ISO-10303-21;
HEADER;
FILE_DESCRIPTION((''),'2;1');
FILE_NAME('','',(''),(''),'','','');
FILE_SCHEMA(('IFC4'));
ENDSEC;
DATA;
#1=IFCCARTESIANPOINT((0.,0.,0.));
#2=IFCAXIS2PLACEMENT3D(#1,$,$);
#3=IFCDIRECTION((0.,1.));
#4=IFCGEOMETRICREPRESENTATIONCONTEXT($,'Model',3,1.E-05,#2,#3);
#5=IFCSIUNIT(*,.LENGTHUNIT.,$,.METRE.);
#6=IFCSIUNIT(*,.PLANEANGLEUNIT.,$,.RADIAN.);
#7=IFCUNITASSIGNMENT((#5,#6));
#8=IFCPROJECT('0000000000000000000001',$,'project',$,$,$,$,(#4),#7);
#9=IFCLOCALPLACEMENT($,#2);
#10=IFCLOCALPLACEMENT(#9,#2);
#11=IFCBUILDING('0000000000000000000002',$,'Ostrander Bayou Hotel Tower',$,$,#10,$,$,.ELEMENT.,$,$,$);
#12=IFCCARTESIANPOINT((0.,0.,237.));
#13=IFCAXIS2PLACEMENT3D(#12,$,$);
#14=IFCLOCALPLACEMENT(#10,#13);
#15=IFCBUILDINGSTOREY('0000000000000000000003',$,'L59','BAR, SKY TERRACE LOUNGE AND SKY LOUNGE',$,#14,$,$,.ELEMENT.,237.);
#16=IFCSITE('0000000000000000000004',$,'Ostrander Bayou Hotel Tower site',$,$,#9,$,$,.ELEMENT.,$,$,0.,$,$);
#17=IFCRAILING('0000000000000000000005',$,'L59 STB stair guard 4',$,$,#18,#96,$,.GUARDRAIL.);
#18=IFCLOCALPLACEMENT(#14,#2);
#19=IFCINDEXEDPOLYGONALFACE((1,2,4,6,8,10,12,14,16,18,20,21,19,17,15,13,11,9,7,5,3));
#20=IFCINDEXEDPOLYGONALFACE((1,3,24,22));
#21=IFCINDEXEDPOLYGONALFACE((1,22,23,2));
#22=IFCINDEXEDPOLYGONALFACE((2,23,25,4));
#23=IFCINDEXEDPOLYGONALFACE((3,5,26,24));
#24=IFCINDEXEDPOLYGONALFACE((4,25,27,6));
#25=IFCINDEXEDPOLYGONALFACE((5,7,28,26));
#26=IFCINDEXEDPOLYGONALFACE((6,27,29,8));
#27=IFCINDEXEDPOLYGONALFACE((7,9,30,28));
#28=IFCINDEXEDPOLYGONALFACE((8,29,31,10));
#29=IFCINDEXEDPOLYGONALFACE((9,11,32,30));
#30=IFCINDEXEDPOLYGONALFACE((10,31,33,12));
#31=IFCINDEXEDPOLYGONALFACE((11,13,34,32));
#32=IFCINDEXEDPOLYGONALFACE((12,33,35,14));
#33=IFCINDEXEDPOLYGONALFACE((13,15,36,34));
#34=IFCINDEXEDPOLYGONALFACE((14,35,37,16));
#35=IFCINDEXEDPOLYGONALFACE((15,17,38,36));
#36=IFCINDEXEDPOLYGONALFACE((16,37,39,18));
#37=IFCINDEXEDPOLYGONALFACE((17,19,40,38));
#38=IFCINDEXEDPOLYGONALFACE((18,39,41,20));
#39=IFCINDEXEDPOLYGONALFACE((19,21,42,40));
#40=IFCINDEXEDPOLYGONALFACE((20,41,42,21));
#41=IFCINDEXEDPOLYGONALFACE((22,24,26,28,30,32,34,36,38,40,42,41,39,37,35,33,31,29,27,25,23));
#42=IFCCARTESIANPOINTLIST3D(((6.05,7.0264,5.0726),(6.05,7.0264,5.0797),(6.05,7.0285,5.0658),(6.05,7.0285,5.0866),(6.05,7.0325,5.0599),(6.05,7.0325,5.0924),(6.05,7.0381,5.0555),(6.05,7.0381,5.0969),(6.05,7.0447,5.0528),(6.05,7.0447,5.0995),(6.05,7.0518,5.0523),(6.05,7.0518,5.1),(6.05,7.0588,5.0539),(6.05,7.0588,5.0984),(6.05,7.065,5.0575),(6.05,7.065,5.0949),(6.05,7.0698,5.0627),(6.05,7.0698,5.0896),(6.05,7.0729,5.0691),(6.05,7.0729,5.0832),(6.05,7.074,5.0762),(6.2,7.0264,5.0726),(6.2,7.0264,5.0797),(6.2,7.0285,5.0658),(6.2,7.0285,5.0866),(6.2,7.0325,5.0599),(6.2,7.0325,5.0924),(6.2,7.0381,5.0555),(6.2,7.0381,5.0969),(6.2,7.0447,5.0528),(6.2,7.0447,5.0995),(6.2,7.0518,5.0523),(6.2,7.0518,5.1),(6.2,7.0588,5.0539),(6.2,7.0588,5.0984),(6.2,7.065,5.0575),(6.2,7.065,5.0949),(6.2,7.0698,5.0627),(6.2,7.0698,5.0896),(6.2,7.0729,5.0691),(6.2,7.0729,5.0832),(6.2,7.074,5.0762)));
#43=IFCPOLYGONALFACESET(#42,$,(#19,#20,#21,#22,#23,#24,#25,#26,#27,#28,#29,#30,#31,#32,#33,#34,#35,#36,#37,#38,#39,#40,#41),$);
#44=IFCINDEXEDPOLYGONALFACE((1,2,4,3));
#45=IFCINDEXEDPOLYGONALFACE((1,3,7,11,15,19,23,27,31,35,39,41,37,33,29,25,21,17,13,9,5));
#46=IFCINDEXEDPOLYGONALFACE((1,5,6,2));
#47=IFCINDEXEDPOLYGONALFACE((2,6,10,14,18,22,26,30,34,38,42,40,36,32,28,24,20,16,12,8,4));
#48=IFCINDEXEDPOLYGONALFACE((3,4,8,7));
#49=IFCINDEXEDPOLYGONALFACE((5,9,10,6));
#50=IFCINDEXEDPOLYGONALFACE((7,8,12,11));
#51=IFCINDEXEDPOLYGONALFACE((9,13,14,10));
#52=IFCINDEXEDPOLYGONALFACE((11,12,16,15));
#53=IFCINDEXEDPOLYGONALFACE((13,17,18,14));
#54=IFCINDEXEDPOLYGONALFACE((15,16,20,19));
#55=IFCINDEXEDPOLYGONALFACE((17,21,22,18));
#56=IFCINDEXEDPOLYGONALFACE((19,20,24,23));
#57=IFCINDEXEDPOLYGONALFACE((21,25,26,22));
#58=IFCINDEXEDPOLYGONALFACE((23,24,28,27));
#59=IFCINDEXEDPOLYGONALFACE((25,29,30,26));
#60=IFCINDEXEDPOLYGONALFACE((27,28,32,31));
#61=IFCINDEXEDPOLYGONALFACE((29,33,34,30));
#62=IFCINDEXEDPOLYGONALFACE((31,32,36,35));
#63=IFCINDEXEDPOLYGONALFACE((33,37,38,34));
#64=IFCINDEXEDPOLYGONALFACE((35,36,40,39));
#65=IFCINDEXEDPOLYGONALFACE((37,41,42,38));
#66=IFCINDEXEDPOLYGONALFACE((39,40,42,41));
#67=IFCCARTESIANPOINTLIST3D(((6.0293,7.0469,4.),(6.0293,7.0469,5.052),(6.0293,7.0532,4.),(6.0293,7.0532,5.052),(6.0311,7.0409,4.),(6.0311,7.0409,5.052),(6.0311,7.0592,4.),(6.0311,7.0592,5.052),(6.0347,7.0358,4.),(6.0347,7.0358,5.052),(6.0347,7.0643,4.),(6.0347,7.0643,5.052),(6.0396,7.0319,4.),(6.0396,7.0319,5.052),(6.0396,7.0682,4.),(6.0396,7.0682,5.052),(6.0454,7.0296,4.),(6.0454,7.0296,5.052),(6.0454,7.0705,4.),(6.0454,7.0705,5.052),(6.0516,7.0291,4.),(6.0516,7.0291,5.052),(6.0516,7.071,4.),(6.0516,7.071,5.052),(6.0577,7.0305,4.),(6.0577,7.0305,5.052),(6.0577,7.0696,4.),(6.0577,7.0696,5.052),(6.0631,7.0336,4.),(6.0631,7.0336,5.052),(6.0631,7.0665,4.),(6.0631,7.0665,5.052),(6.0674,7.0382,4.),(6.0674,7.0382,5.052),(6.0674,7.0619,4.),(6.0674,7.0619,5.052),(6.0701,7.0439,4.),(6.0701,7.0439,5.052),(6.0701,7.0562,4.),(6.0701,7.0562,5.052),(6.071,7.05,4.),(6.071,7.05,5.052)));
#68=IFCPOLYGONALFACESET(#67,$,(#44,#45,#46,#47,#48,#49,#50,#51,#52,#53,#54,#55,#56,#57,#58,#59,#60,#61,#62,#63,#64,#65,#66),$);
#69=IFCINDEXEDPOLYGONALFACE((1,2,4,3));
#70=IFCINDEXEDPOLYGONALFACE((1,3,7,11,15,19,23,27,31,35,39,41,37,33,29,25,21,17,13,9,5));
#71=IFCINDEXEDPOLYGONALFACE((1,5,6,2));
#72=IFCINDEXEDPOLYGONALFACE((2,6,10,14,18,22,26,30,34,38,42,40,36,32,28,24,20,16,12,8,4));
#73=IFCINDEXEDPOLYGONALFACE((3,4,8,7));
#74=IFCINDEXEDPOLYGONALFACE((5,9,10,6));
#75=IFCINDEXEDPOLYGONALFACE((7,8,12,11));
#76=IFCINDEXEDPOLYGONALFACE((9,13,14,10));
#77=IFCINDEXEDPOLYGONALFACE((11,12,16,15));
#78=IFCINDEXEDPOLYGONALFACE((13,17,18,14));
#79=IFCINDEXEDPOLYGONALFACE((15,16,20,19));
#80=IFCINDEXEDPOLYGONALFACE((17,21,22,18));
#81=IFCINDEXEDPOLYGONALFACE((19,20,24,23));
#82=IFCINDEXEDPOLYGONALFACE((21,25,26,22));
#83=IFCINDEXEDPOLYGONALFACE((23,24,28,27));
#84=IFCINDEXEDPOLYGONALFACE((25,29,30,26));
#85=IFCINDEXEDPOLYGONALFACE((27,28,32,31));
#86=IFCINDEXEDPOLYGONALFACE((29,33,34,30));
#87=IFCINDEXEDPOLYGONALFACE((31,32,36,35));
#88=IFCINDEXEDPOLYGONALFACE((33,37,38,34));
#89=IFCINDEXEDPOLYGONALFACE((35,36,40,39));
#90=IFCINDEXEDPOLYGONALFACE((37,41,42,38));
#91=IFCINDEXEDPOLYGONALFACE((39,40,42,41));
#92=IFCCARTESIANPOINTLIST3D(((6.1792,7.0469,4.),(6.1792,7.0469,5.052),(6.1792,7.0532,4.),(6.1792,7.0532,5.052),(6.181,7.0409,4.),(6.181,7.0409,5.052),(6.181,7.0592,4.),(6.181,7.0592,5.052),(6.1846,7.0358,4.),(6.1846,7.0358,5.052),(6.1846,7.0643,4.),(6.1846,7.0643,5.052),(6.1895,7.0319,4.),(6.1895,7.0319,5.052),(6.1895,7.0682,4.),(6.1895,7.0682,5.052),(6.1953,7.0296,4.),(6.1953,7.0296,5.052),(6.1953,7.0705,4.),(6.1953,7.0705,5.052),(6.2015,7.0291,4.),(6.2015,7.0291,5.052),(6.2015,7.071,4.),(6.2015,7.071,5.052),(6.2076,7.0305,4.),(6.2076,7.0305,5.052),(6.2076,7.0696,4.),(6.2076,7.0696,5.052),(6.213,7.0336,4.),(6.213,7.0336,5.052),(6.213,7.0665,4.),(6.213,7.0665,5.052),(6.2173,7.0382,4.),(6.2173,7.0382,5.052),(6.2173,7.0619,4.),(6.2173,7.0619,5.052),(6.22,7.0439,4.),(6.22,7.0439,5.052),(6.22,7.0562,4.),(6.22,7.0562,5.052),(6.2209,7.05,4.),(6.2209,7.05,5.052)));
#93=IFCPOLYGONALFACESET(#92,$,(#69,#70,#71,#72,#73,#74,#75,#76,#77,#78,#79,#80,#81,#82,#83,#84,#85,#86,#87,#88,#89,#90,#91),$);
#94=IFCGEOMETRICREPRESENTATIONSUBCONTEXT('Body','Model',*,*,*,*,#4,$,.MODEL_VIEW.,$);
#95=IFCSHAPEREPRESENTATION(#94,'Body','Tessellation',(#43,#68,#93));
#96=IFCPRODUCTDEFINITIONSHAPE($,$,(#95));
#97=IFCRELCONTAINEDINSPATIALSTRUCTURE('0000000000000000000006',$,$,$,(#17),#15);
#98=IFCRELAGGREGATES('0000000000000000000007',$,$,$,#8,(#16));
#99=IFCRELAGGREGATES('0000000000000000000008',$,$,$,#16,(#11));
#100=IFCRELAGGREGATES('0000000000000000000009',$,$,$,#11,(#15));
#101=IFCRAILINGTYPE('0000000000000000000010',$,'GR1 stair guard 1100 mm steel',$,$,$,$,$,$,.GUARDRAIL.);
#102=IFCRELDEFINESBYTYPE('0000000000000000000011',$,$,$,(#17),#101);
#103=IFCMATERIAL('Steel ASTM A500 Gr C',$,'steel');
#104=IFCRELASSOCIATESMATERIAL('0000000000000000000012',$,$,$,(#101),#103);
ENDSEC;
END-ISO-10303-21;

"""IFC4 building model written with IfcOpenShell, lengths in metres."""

from ifc_helpers import new_model, si_unit, direction, frame, origin, origin_2d, place, context, subcontext, project, spatial, circle, extrude, material, type_object, element, save


model = new_model("IFC4")

# Units and contexts
model_context = context("Model", 3, precision=1e-05, world=origin(), true_north=direction((0.0, 1.0)))
body_context = subcontext(model_context, "Body", "Model", "MODEL_VIEW")
ifc_project = project(units=[si_unit("LENGTHUNIT", "METRE"), si_unit("PLANEANGLEUNIT", "RADIAN")], contexts=[model_context])

# Site, building, storey
site_placement = place(None, origin())
site = spatial("IfcSite", under=ifc_project, at=site_placement, Name="Ostrander Bayou Hotel Tower site", CompositionType="ELEMENT", RefElevation=0.0)
building_placement = place(site_placement, origin())
building = spatial("IfcBuilding", under=site, at=building_placement, Name="Ostrander Bayou Hotel Tower", CompositionType="ELEMENT")
storey_placement = place(building_placement, frame((0.0, 0.0, 237.0)))
storey = spatial("IfcBuildingStorey", under=building, at=storey_placement, Name="L59", Description="BAR, SKY TERRACE LOUNGE AND SKY LOUNGE", CompositionType="ELEMENT", Elevation=237.0)

# Railing
ifc_material_1 = material(Name="Steel ASTM A500 Gr C", Category="steel")
railing_type_1 = type_object("IfcRailingType", Name="GR1 stair guard 1100 mm steel", PredefinedType="GUARDRAIL", material=ifc_material_1)
railing_1_placement = place(storey_placement, frame((6.05, 7.05, 4.0)))
element("IfcRailing", 1, at=railing_1_placement, inside=storey, type_object=railing_type_1, Name="L59 STB stair guard 4", PredefinedType="GUARDRAIL", context=body_context, shape_type="SweptSolid", body=[
    extrude(circle(Radius=0.0239, at=origin_2d()), frame((0.0, 0.0, 1.0762), z_axis=(1.0, 0.0, 0.0), x_axis=(0.0, 1.0, 0.0)), (0.0, 0.0, 1.0), 0.1499),
    extrude(circle(Radius=0.021, at=origin_2d()), origin(), (0.0, 0.0, 1.0), 1.052),
    extrude(circle(Radius=0.021, at=origin_2d()), frame((0.1499, 0.0, 0.0)), (0.0, 0.0, 1.0), 1.052),
])

save(model, "model.ifc")
